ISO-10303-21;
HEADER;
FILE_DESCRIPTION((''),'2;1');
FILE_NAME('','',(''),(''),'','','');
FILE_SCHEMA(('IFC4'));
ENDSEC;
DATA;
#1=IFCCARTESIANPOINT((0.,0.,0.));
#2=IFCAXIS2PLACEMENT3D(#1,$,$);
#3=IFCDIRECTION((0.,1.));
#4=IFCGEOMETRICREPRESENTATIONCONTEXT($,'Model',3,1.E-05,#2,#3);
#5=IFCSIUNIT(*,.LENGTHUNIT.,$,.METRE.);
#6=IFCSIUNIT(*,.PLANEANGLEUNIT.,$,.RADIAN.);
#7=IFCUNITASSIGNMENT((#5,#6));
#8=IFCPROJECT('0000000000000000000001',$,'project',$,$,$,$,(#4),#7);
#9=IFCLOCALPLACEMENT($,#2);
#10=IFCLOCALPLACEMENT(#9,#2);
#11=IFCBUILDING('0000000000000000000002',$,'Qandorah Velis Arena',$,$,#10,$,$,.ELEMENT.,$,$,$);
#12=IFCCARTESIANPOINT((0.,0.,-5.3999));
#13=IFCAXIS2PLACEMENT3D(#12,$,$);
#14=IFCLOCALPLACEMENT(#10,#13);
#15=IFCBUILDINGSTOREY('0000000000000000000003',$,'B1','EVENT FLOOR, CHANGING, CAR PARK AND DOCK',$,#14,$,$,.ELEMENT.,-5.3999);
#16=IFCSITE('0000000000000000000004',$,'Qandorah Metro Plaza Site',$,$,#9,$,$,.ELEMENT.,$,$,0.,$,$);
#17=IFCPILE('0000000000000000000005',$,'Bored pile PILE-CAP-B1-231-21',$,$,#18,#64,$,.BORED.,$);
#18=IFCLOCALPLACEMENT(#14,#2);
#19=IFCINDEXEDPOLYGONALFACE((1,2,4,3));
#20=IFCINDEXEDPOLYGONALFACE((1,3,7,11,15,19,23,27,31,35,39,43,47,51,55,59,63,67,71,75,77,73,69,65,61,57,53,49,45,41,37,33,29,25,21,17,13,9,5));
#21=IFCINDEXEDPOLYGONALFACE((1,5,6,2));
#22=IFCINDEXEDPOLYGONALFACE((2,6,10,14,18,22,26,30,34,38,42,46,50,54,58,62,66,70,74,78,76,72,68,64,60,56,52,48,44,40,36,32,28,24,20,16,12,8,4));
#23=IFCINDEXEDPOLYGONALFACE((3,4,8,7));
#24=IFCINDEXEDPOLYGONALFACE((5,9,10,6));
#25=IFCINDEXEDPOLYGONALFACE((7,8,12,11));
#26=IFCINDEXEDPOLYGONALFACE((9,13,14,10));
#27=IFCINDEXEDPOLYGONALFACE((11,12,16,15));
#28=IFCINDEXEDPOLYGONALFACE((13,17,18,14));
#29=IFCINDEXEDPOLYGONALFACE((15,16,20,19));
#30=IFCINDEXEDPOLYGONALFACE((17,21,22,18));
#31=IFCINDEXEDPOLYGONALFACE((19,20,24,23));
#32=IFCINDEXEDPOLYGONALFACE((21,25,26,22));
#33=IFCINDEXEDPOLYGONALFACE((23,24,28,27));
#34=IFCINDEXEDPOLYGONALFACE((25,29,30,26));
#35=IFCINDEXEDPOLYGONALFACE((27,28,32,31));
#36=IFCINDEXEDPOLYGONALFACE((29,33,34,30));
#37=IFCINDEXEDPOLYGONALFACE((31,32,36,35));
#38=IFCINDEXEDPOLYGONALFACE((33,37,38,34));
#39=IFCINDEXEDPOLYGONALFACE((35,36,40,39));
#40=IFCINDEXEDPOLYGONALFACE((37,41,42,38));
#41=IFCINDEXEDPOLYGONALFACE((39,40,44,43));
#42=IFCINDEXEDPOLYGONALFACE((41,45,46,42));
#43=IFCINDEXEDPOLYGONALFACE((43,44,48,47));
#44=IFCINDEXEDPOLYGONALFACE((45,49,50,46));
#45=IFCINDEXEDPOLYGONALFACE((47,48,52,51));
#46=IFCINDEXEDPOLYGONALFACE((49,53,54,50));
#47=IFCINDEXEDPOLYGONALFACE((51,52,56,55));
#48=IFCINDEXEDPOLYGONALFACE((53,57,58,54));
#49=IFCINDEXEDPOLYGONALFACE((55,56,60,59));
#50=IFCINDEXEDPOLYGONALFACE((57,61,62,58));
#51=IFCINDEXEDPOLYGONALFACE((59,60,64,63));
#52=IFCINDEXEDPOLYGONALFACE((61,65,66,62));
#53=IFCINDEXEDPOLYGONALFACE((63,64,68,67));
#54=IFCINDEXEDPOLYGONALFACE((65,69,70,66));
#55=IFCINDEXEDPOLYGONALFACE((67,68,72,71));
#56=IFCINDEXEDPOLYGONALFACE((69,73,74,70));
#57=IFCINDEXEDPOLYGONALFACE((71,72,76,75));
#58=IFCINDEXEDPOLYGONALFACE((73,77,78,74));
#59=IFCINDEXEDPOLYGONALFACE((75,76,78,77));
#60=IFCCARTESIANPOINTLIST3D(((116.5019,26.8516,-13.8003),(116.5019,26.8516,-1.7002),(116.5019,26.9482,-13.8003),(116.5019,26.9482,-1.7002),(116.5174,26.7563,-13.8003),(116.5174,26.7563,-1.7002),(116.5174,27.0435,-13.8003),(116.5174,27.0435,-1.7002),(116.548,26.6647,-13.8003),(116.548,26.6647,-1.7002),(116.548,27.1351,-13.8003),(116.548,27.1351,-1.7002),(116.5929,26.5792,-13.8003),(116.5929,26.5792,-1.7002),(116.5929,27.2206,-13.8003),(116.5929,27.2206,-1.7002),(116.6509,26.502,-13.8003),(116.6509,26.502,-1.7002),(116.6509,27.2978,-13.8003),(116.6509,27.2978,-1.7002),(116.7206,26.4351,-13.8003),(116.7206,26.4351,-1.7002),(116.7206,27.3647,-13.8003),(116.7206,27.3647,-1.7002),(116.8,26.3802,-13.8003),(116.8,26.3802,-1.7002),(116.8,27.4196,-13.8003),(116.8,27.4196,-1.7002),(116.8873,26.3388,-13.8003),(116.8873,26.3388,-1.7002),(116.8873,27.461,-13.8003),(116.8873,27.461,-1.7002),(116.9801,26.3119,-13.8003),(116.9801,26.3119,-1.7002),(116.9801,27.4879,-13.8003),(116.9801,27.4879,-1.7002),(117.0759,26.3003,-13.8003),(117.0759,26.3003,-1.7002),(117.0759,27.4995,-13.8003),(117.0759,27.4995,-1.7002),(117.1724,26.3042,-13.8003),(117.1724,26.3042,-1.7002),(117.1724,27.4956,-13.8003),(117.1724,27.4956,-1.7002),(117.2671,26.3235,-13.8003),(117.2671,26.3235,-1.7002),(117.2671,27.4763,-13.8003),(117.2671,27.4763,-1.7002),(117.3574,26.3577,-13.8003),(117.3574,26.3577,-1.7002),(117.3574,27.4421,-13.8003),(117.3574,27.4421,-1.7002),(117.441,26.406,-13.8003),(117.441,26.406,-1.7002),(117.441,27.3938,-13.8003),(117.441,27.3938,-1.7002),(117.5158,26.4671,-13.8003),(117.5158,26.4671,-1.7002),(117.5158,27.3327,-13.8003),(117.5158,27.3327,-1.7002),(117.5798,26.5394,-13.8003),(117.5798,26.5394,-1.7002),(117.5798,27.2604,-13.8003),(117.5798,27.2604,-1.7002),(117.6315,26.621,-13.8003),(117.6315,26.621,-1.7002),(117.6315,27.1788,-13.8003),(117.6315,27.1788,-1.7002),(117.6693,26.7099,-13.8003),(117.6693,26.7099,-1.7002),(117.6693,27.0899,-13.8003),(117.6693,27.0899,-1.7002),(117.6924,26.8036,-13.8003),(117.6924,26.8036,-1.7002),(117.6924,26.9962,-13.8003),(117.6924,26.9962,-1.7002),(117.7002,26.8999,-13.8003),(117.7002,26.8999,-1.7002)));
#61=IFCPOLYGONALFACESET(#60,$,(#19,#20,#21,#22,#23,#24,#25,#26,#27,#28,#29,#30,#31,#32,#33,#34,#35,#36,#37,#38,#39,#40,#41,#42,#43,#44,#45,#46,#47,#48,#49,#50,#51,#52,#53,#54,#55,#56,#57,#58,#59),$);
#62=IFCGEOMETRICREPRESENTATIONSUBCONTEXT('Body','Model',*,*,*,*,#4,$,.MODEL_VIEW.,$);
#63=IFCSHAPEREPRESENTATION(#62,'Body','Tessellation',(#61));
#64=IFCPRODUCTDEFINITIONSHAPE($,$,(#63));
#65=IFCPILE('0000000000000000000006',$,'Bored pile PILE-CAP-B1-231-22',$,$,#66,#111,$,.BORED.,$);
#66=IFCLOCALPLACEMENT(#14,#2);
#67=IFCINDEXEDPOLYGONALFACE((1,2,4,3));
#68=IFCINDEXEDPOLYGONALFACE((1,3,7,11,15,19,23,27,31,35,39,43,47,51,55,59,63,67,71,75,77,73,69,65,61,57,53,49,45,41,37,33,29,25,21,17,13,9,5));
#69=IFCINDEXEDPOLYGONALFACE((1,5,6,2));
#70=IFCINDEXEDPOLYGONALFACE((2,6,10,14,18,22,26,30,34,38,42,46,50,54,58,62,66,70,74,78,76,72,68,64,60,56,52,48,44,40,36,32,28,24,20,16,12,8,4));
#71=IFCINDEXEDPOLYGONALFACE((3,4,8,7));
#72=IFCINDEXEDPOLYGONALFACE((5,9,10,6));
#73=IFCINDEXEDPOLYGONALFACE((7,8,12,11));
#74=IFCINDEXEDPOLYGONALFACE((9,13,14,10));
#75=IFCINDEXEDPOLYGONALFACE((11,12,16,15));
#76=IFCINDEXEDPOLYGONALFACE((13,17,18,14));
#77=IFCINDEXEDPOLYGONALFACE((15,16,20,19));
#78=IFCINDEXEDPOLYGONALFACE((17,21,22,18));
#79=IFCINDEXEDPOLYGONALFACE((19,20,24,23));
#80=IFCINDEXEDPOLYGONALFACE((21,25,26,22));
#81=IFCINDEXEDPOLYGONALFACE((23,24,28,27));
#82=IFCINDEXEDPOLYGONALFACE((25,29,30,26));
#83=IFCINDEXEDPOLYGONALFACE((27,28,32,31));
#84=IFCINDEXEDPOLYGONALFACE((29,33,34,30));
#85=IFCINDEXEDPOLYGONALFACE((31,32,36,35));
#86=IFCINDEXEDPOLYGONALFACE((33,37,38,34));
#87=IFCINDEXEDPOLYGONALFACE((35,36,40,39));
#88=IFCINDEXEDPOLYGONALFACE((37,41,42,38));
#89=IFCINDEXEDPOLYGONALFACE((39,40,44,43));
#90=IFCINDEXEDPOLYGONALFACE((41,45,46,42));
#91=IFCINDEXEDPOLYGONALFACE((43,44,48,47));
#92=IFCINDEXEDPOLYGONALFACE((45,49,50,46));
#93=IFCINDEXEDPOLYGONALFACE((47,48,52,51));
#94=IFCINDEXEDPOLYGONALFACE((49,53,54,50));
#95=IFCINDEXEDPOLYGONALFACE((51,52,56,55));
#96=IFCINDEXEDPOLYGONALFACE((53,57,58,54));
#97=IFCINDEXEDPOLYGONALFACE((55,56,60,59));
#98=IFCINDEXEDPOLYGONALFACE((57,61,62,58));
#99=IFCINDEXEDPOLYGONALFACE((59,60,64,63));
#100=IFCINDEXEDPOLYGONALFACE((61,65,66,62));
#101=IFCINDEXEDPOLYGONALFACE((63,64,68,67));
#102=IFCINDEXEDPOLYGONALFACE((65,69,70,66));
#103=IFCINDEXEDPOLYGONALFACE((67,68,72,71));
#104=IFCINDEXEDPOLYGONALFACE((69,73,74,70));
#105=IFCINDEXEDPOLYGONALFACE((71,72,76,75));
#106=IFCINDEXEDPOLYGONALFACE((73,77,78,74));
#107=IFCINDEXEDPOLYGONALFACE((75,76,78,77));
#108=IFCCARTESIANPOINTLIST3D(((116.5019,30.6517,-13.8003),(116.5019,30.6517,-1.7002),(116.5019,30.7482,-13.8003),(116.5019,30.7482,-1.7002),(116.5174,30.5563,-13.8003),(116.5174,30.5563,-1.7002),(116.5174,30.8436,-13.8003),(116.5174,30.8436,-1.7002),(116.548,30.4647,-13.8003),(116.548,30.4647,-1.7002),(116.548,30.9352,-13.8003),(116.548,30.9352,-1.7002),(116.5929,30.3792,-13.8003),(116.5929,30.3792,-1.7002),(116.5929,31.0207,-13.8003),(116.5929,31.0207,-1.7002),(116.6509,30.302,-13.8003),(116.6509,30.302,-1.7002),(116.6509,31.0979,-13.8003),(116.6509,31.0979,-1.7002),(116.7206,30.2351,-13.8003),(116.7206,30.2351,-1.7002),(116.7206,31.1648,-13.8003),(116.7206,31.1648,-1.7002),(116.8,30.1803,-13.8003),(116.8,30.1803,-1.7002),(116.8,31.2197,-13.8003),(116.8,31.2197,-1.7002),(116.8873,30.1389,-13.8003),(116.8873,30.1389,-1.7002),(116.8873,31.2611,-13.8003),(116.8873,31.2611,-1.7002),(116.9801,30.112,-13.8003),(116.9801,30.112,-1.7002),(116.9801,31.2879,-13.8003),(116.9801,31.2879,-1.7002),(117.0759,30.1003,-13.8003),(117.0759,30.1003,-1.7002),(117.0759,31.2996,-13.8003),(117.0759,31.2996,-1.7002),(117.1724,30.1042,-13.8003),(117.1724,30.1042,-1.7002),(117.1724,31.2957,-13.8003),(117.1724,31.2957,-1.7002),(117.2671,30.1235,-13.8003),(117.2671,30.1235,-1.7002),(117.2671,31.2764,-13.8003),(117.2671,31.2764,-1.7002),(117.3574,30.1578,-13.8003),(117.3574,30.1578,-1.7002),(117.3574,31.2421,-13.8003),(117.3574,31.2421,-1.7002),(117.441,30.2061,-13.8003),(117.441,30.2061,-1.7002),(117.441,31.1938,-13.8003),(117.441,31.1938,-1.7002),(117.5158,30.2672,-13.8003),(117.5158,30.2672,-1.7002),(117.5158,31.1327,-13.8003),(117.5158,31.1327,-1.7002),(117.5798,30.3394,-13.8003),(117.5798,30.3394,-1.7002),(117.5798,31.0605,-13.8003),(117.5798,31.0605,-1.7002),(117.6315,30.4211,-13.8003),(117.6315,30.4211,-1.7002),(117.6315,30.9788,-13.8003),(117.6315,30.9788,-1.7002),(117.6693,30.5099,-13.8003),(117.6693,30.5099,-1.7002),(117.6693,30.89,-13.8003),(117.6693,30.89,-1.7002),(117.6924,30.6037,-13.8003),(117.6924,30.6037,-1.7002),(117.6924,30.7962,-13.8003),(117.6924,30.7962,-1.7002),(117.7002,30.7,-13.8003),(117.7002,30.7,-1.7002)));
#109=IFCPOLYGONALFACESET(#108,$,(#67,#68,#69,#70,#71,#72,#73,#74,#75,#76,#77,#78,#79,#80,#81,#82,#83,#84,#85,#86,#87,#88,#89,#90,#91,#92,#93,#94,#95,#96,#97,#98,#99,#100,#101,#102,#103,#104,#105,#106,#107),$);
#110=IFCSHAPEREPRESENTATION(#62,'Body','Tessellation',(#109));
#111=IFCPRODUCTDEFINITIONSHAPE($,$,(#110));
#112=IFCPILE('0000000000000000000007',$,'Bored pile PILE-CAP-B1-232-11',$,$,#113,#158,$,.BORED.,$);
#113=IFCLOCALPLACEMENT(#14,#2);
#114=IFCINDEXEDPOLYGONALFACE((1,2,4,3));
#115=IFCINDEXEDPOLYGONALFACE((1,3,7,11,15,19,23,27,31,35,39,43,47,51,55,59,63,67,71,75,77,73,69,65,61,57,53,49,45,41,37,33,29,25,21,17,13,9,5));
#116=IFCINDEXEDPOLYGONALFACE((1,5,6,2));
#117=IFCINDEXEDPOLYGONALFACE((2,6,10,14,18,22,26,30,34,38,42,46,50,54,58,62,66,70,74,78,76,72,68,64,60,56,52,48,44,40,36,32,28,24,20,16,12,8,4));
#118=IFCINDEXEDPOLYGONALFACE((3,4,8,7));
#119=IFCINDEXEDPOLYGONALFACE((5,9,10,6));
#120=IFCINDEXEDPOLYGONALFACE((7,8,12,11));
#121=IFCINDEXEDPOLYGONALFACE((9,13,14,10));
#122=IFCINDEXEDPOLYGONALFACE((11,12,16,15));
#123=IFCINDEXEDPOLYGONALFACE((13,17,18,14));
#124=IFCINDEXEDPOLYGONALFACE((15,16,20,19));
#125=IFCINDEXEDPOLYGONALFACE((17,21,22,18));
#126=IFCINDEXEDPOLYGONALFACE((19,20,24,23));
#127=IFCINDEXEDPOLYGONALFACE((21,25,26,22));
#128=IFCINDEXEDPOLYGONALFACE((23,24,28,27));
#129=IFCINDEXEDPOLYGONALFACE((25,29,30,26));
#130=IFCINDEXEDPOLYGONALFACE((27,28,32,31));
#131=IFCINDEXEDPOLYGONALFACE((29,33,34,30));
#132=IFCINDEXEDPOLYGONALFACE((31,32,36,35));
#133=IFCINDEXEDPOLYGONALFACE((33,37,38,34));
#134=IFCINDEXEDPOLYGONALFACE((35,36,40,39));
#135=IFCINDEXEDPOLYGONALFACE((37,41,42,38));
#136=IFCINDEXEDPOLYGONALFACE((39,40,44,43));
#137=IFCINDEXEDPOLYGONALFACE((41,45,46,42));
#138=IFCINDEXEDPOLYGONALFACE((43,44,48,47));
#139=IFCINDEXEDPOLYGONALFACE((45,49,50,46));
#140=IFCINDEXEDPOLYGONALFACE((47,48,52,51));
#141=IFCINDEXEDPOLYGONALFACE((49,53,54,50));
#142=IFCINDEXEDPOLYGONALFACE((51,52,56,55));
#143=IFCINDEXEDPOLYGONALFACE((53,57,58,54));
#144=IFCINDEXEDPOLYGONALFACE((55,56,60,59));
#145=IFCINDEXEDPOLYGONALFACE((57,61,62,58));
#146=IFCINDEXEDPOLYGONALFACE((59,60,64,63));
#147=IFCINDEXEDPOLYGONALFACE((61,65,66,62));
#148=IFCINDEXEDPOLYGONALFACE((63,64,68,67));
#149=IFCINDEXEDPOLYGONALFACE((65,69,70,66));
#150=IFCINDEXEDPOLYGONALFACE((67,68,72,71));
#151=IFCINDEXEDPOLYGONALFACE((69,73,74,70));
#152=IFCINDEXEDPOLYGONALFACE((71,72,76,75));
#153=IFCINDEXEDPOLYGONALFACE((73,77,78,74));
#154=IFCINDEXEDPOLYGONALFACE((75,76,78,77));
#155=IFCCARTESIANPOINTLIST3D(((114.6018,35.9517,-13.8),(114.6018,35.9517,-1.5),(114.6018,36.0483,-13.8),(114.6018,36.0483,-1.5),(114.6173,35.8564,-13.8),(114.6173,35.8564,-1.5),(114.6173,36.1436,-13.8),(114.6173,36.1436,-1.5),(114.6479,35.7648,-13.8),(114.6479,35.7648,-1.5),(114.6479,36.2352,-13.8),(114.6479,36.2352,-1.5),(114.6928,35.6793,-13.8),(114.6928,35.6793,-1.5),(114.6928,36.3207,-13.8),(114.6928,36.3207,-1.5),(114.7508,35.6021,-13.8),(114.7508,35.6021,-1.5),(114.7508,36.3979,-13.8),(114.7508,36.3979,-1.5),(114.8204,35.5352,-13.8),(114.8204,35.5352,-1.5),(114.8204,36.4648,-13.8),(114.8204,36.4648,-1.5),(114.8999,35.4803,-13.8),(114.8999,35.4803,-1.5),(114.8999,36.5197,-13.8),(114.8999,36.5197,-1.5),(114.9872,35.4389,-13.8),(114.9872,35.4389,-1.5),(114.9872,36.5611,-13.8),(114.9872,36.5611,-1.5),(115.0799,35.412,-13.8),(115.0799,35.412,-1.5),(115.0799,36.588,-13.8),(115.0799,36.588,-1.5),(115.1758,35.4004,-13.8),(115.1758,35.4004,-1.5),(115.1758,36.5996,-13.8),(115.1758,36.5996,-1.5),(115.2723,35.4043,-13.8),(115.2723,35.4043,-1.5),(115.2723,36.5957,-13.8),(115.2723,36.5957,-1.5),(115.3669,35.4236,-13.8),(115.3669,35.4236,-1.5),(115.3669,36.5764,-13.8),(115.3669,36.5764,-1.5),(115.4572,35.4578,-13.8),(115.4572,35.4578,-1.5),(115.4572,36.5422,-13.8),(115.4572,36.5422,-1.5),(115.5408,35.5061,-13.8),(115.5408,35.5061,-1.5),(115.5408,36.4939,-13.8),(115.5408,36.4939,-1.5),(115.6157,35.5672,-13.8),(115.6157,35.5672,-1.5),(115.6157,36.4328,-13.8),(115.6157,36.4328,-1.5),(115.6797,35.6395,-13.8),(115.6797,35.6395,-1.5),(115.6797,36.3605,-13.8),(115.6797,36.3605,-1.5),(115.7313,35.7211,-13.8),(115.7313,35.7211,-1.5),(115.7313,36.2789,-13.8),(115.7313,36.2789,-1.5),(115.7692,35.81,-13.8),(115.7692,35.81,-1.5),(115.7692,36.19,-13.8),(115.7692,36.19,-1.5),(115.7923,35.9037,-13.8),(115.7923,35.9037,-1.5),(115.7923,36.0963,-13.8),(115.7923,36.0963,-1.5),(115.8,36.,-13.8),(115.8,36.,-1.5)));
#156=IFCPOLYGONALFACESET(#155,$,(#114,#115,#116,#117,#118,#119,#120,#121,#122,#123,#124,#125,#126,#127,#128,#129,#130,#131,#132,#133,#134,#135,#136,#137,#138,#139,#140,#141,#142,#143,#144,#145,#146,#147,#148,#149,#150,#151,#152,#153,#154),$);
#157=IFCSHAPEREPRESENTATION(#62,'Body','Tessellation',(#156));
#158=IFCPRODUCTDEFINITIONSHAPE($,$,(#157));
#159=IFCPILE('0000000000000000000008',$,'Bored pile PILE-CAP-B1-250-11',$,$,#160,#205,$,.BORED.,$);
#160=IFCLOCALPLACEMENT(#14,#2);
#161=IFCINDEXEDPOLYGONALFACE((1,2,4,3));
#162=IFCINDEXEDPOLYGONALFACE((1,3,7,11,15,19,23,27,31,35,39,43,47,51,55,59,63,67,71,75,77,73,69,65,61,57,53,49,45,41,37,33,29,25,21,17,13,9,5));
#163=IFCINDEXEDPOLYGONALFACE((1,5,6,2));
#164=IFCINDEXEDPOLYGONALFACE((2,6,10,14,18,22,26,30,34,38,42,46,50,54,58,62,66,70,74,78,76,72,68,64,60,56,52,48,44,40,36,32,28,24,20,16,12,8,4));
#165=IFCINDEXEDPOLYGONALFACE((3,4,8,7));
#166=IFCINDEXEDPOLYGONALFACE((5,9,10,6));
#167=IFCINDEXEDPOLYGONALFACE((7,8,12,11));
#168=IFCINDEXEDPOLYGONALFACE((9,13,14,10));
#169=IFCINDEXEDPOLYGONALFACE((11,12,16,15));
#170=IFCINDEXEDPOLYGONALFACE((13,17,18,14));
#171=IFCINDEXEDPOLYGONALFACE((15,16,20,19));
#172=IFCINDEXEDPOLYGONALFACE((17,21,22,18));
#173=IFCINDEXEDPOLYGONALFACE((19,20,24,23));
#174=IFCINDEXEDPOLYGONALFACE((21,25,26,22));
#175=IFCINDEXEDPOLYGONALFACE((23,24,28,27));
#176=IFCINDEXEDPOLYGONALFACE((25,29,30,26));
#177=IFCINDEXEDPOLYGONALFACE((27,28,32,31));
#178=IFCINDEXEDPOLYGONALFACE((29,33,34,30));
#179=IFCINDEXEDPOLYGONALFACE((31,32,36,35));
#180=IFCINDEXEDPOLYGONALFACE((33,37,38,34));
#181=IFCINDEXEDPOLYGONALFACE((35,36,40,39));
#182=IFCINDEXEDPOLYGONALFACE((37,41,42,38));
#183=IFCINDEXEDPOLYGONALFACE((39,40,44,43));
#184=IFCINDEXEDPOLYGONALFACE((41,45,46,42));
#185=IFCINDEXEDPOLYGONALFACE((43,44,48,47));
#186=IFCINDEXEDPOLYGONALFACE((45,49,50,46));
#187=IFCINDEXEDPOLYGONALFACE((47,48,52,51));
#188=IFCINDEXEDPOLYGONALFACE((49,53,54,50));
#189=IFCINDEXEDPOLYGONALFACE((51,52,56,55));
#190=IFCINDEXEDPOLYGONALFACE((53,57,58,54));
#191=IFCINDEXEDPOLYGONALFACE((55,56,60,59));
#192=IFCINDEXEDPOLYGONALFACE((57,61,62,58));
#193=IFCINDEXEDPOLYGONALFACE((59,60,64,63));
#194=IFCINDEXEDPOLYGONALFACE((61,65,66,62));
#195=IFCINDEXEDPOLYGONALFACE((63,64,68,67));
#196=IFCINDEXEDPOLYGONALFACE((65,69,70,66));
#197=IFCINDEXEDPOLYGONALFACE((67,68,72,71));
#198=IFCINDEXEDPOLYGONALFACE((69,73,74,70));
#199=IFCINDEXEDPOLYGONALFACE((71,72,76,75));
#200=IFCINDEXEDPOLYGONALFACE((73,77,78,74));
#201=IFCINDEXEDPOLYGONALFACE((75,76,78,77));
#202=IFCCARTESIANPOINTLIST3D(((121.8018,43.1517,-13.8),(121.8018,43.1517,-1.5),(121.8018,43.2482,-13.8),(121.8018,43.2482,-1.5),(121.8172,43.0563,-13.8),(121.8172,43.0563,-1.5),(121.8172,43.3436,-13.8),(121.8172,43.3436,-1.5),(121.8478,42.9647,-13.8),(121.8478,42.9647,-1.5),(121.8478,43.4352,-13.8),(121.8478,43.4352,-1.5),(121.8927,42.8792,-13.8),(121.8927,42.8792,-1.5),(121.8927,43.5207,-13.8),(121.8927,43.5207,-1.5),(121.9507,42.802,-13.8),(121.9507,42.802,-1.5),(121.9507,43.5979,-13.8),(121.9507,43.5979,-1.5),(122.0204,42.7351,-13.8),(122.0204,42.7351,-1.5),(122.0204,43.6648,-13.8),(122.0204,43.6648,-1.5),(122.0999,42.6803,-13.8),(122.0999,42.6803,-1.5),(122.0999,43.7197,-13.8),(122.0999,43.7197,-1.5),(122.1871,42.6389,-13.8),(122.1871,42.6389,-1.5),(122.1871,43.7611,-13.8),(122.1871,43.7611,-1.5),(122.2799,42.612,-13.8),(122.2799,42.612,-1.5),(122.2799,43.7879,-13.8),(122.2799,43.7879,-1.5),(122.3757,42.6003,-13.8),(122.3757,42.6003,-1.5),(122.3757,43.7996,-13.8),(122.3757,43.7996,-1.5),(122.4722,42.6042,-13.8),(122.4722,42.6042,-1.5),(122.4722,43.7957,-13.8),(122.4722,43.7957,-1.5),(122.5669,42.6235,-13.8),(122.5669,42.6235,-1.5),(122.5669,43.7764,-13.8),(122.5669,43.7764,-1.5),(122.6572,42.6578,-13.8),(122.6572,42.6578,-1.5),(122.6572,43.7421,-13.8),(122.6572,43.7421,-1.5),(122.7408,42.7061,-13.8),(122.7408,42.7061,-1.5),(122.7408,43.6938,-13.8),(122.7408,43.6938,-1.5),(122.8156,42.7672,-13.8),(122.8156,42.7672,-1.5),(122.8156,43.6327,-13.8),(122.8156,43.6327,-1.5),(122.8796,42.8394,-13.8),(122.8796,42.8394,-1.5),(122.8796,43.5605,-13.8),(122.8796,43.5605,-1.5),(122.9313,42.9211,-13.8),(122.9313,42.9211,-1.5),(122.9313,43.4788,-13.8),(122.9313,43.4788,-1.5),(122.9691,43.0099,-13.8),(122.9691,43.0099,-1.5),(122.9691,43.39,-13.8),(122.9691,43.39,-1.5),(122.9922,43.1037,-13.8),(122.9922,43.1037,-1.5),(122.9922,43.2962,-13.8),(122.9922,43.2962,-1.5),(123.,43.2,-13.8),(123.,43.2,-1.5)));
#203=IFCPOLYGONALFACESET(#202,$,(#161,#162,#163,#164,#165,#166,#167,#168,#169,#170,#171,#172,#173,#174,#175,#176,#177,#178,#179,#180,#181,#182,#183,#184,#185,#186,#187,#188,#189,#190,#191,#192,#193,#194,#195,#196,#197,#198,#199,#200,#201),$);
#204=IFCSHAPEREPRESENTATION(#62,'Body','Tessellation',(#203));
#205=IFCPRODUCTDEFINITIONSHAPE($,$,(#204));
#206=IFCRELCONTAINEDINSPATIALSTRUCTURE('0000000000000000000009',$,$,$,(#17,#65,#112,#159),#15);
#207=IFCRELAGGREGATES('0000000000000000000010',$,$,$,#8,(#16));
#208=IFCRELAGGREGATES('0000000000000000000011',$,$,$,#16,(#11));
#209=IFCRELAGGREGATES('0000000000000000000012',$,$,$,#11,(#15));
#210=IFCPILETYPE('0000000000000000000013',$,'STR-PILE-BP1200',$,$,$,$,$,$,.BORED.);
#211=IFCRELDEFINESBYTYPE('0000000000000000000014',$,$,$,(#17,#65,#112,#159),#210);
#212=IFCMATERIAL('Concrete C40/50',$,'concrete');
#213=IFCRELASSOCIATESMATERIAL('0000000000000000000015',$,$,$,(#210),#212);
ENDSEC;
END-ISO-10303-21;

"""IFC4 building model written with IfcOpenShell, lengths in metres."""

from ifc_helpers import new_model, si_unit, direction, frame, origin, origin_2d, place, context, subcontext, project, spatial, circle, extrude, material, material_profile, profile_set, type_object, element, save


model = new_model("IFC4")

# Units and contexts
model_context = context("Model", 3, precision=1e-05, world=origin(), true_north=direction((0.0, 1.0)))
body_context = subcontext(model_context, "Body", "Model", "MODEL_VIEW")
ifc_project = project(units=[si_unit("LENGTHUNIT", "METRE"), si_unit("PLANEANGLEUNIT", "RADIAN")], contexts=[model_context])

# Site, building, storey
site_placement = place(None, origin())
site = spatial("IfcSite", under=ifc_project, at=site_placement, Name="Qandorah Metro Plaza Site", CompositionType="ELEMENT", RefElevation=0.0)
building_placement = place(site_placement, origin())
building = spatial("IfcBuilding", under=site, at=building_placement, Name="Qandorah Velis Arena", CompositionType="ELEMENT")
storey_placement = place(building_placement, frame((0.0, 0.0, -5.3999)))
storey = spatial("IfcBuildingStorey", under=building, at=storey_placement, Name="B1", Description="EVENT FLOOR, CHANGING, CAR PARK AND DOCK", CompositionType="ELEMENT", Elevation=-5.3999)

# Shared definitions
ifc_material_1 = material(Name="Concrete C40/50", Category="concrete")

# Piles
ifc_material_profile_1 = material_profile(ifc_material_1, circle(Radius=0.6001, at=origin_2d()), Name="BORED PILE D1200")
ifc_profile_set_1 = profile_set([ifc_material_profile_1], Name="Concrete C40/50")
pile_type_1 = type_object("IfcPileType", Name="STR-PILE-BP1200", PredefinedType="BORED", material=ifc_profile_set_1)
for number, where, z_axis, x_axis, name in (
    (1, (117.1001, 26.8999, -1.7002), (0.0, 0.0, -1.0), (1.0, 0.0, 0.0), "Bored pile PILE-CAP-B1-231-21"),
    (2, (117.1001, 30.7, -1.7002), (0.0, 0.0, -1.0), (1.0, 0.0, 0.0), "Bored pile PILE-CAP-B1-231-22"),
):
    element("IfcPile", number, at=place(storey_placement, frame(where, z_axis=z_axis, x_axis=x_axis)), inside=storey, type_object=pile_type_1, Name=name, PredefinedType="BORED", context=body_context, shape_type="SweptSolid", body=[
        extrude(circle(Radius=0.6001, at=origin_2d()), origin(), (0.0, 0.0, 1.0), 12.1001),
    ])
for number, where, z_axis, x_axis, name in (
    (3, (115.2, 36.0, -1.5), (0.0, 0.0, -1.0), (1.0, 0.0, 0.0), "Bored pile PILE-CAP-B1-232-11"),
    (4, (122.3999, 43.2, -1.5), (0.0, 0.0, -1.0), (1.0, 0.0, 0.0), "Bored pile PILE-CAP-B1-250-11"),
):
    element("IfcPile", number, at=place(storey_placement, frame(where, z_axis=z_axis, x_axis=x_axis)), inside=storey, type_object=pile_type_1, Name=name, PredefinedType="BORED", context=body_context, shape_type="SweptSolid", body=[
        extrude(circle(Radius=0.6001, at=origin_2d()), origin(), (0.0, 0.0, 1.0), 12.3),
    ])

save(model, "model.ifc")
